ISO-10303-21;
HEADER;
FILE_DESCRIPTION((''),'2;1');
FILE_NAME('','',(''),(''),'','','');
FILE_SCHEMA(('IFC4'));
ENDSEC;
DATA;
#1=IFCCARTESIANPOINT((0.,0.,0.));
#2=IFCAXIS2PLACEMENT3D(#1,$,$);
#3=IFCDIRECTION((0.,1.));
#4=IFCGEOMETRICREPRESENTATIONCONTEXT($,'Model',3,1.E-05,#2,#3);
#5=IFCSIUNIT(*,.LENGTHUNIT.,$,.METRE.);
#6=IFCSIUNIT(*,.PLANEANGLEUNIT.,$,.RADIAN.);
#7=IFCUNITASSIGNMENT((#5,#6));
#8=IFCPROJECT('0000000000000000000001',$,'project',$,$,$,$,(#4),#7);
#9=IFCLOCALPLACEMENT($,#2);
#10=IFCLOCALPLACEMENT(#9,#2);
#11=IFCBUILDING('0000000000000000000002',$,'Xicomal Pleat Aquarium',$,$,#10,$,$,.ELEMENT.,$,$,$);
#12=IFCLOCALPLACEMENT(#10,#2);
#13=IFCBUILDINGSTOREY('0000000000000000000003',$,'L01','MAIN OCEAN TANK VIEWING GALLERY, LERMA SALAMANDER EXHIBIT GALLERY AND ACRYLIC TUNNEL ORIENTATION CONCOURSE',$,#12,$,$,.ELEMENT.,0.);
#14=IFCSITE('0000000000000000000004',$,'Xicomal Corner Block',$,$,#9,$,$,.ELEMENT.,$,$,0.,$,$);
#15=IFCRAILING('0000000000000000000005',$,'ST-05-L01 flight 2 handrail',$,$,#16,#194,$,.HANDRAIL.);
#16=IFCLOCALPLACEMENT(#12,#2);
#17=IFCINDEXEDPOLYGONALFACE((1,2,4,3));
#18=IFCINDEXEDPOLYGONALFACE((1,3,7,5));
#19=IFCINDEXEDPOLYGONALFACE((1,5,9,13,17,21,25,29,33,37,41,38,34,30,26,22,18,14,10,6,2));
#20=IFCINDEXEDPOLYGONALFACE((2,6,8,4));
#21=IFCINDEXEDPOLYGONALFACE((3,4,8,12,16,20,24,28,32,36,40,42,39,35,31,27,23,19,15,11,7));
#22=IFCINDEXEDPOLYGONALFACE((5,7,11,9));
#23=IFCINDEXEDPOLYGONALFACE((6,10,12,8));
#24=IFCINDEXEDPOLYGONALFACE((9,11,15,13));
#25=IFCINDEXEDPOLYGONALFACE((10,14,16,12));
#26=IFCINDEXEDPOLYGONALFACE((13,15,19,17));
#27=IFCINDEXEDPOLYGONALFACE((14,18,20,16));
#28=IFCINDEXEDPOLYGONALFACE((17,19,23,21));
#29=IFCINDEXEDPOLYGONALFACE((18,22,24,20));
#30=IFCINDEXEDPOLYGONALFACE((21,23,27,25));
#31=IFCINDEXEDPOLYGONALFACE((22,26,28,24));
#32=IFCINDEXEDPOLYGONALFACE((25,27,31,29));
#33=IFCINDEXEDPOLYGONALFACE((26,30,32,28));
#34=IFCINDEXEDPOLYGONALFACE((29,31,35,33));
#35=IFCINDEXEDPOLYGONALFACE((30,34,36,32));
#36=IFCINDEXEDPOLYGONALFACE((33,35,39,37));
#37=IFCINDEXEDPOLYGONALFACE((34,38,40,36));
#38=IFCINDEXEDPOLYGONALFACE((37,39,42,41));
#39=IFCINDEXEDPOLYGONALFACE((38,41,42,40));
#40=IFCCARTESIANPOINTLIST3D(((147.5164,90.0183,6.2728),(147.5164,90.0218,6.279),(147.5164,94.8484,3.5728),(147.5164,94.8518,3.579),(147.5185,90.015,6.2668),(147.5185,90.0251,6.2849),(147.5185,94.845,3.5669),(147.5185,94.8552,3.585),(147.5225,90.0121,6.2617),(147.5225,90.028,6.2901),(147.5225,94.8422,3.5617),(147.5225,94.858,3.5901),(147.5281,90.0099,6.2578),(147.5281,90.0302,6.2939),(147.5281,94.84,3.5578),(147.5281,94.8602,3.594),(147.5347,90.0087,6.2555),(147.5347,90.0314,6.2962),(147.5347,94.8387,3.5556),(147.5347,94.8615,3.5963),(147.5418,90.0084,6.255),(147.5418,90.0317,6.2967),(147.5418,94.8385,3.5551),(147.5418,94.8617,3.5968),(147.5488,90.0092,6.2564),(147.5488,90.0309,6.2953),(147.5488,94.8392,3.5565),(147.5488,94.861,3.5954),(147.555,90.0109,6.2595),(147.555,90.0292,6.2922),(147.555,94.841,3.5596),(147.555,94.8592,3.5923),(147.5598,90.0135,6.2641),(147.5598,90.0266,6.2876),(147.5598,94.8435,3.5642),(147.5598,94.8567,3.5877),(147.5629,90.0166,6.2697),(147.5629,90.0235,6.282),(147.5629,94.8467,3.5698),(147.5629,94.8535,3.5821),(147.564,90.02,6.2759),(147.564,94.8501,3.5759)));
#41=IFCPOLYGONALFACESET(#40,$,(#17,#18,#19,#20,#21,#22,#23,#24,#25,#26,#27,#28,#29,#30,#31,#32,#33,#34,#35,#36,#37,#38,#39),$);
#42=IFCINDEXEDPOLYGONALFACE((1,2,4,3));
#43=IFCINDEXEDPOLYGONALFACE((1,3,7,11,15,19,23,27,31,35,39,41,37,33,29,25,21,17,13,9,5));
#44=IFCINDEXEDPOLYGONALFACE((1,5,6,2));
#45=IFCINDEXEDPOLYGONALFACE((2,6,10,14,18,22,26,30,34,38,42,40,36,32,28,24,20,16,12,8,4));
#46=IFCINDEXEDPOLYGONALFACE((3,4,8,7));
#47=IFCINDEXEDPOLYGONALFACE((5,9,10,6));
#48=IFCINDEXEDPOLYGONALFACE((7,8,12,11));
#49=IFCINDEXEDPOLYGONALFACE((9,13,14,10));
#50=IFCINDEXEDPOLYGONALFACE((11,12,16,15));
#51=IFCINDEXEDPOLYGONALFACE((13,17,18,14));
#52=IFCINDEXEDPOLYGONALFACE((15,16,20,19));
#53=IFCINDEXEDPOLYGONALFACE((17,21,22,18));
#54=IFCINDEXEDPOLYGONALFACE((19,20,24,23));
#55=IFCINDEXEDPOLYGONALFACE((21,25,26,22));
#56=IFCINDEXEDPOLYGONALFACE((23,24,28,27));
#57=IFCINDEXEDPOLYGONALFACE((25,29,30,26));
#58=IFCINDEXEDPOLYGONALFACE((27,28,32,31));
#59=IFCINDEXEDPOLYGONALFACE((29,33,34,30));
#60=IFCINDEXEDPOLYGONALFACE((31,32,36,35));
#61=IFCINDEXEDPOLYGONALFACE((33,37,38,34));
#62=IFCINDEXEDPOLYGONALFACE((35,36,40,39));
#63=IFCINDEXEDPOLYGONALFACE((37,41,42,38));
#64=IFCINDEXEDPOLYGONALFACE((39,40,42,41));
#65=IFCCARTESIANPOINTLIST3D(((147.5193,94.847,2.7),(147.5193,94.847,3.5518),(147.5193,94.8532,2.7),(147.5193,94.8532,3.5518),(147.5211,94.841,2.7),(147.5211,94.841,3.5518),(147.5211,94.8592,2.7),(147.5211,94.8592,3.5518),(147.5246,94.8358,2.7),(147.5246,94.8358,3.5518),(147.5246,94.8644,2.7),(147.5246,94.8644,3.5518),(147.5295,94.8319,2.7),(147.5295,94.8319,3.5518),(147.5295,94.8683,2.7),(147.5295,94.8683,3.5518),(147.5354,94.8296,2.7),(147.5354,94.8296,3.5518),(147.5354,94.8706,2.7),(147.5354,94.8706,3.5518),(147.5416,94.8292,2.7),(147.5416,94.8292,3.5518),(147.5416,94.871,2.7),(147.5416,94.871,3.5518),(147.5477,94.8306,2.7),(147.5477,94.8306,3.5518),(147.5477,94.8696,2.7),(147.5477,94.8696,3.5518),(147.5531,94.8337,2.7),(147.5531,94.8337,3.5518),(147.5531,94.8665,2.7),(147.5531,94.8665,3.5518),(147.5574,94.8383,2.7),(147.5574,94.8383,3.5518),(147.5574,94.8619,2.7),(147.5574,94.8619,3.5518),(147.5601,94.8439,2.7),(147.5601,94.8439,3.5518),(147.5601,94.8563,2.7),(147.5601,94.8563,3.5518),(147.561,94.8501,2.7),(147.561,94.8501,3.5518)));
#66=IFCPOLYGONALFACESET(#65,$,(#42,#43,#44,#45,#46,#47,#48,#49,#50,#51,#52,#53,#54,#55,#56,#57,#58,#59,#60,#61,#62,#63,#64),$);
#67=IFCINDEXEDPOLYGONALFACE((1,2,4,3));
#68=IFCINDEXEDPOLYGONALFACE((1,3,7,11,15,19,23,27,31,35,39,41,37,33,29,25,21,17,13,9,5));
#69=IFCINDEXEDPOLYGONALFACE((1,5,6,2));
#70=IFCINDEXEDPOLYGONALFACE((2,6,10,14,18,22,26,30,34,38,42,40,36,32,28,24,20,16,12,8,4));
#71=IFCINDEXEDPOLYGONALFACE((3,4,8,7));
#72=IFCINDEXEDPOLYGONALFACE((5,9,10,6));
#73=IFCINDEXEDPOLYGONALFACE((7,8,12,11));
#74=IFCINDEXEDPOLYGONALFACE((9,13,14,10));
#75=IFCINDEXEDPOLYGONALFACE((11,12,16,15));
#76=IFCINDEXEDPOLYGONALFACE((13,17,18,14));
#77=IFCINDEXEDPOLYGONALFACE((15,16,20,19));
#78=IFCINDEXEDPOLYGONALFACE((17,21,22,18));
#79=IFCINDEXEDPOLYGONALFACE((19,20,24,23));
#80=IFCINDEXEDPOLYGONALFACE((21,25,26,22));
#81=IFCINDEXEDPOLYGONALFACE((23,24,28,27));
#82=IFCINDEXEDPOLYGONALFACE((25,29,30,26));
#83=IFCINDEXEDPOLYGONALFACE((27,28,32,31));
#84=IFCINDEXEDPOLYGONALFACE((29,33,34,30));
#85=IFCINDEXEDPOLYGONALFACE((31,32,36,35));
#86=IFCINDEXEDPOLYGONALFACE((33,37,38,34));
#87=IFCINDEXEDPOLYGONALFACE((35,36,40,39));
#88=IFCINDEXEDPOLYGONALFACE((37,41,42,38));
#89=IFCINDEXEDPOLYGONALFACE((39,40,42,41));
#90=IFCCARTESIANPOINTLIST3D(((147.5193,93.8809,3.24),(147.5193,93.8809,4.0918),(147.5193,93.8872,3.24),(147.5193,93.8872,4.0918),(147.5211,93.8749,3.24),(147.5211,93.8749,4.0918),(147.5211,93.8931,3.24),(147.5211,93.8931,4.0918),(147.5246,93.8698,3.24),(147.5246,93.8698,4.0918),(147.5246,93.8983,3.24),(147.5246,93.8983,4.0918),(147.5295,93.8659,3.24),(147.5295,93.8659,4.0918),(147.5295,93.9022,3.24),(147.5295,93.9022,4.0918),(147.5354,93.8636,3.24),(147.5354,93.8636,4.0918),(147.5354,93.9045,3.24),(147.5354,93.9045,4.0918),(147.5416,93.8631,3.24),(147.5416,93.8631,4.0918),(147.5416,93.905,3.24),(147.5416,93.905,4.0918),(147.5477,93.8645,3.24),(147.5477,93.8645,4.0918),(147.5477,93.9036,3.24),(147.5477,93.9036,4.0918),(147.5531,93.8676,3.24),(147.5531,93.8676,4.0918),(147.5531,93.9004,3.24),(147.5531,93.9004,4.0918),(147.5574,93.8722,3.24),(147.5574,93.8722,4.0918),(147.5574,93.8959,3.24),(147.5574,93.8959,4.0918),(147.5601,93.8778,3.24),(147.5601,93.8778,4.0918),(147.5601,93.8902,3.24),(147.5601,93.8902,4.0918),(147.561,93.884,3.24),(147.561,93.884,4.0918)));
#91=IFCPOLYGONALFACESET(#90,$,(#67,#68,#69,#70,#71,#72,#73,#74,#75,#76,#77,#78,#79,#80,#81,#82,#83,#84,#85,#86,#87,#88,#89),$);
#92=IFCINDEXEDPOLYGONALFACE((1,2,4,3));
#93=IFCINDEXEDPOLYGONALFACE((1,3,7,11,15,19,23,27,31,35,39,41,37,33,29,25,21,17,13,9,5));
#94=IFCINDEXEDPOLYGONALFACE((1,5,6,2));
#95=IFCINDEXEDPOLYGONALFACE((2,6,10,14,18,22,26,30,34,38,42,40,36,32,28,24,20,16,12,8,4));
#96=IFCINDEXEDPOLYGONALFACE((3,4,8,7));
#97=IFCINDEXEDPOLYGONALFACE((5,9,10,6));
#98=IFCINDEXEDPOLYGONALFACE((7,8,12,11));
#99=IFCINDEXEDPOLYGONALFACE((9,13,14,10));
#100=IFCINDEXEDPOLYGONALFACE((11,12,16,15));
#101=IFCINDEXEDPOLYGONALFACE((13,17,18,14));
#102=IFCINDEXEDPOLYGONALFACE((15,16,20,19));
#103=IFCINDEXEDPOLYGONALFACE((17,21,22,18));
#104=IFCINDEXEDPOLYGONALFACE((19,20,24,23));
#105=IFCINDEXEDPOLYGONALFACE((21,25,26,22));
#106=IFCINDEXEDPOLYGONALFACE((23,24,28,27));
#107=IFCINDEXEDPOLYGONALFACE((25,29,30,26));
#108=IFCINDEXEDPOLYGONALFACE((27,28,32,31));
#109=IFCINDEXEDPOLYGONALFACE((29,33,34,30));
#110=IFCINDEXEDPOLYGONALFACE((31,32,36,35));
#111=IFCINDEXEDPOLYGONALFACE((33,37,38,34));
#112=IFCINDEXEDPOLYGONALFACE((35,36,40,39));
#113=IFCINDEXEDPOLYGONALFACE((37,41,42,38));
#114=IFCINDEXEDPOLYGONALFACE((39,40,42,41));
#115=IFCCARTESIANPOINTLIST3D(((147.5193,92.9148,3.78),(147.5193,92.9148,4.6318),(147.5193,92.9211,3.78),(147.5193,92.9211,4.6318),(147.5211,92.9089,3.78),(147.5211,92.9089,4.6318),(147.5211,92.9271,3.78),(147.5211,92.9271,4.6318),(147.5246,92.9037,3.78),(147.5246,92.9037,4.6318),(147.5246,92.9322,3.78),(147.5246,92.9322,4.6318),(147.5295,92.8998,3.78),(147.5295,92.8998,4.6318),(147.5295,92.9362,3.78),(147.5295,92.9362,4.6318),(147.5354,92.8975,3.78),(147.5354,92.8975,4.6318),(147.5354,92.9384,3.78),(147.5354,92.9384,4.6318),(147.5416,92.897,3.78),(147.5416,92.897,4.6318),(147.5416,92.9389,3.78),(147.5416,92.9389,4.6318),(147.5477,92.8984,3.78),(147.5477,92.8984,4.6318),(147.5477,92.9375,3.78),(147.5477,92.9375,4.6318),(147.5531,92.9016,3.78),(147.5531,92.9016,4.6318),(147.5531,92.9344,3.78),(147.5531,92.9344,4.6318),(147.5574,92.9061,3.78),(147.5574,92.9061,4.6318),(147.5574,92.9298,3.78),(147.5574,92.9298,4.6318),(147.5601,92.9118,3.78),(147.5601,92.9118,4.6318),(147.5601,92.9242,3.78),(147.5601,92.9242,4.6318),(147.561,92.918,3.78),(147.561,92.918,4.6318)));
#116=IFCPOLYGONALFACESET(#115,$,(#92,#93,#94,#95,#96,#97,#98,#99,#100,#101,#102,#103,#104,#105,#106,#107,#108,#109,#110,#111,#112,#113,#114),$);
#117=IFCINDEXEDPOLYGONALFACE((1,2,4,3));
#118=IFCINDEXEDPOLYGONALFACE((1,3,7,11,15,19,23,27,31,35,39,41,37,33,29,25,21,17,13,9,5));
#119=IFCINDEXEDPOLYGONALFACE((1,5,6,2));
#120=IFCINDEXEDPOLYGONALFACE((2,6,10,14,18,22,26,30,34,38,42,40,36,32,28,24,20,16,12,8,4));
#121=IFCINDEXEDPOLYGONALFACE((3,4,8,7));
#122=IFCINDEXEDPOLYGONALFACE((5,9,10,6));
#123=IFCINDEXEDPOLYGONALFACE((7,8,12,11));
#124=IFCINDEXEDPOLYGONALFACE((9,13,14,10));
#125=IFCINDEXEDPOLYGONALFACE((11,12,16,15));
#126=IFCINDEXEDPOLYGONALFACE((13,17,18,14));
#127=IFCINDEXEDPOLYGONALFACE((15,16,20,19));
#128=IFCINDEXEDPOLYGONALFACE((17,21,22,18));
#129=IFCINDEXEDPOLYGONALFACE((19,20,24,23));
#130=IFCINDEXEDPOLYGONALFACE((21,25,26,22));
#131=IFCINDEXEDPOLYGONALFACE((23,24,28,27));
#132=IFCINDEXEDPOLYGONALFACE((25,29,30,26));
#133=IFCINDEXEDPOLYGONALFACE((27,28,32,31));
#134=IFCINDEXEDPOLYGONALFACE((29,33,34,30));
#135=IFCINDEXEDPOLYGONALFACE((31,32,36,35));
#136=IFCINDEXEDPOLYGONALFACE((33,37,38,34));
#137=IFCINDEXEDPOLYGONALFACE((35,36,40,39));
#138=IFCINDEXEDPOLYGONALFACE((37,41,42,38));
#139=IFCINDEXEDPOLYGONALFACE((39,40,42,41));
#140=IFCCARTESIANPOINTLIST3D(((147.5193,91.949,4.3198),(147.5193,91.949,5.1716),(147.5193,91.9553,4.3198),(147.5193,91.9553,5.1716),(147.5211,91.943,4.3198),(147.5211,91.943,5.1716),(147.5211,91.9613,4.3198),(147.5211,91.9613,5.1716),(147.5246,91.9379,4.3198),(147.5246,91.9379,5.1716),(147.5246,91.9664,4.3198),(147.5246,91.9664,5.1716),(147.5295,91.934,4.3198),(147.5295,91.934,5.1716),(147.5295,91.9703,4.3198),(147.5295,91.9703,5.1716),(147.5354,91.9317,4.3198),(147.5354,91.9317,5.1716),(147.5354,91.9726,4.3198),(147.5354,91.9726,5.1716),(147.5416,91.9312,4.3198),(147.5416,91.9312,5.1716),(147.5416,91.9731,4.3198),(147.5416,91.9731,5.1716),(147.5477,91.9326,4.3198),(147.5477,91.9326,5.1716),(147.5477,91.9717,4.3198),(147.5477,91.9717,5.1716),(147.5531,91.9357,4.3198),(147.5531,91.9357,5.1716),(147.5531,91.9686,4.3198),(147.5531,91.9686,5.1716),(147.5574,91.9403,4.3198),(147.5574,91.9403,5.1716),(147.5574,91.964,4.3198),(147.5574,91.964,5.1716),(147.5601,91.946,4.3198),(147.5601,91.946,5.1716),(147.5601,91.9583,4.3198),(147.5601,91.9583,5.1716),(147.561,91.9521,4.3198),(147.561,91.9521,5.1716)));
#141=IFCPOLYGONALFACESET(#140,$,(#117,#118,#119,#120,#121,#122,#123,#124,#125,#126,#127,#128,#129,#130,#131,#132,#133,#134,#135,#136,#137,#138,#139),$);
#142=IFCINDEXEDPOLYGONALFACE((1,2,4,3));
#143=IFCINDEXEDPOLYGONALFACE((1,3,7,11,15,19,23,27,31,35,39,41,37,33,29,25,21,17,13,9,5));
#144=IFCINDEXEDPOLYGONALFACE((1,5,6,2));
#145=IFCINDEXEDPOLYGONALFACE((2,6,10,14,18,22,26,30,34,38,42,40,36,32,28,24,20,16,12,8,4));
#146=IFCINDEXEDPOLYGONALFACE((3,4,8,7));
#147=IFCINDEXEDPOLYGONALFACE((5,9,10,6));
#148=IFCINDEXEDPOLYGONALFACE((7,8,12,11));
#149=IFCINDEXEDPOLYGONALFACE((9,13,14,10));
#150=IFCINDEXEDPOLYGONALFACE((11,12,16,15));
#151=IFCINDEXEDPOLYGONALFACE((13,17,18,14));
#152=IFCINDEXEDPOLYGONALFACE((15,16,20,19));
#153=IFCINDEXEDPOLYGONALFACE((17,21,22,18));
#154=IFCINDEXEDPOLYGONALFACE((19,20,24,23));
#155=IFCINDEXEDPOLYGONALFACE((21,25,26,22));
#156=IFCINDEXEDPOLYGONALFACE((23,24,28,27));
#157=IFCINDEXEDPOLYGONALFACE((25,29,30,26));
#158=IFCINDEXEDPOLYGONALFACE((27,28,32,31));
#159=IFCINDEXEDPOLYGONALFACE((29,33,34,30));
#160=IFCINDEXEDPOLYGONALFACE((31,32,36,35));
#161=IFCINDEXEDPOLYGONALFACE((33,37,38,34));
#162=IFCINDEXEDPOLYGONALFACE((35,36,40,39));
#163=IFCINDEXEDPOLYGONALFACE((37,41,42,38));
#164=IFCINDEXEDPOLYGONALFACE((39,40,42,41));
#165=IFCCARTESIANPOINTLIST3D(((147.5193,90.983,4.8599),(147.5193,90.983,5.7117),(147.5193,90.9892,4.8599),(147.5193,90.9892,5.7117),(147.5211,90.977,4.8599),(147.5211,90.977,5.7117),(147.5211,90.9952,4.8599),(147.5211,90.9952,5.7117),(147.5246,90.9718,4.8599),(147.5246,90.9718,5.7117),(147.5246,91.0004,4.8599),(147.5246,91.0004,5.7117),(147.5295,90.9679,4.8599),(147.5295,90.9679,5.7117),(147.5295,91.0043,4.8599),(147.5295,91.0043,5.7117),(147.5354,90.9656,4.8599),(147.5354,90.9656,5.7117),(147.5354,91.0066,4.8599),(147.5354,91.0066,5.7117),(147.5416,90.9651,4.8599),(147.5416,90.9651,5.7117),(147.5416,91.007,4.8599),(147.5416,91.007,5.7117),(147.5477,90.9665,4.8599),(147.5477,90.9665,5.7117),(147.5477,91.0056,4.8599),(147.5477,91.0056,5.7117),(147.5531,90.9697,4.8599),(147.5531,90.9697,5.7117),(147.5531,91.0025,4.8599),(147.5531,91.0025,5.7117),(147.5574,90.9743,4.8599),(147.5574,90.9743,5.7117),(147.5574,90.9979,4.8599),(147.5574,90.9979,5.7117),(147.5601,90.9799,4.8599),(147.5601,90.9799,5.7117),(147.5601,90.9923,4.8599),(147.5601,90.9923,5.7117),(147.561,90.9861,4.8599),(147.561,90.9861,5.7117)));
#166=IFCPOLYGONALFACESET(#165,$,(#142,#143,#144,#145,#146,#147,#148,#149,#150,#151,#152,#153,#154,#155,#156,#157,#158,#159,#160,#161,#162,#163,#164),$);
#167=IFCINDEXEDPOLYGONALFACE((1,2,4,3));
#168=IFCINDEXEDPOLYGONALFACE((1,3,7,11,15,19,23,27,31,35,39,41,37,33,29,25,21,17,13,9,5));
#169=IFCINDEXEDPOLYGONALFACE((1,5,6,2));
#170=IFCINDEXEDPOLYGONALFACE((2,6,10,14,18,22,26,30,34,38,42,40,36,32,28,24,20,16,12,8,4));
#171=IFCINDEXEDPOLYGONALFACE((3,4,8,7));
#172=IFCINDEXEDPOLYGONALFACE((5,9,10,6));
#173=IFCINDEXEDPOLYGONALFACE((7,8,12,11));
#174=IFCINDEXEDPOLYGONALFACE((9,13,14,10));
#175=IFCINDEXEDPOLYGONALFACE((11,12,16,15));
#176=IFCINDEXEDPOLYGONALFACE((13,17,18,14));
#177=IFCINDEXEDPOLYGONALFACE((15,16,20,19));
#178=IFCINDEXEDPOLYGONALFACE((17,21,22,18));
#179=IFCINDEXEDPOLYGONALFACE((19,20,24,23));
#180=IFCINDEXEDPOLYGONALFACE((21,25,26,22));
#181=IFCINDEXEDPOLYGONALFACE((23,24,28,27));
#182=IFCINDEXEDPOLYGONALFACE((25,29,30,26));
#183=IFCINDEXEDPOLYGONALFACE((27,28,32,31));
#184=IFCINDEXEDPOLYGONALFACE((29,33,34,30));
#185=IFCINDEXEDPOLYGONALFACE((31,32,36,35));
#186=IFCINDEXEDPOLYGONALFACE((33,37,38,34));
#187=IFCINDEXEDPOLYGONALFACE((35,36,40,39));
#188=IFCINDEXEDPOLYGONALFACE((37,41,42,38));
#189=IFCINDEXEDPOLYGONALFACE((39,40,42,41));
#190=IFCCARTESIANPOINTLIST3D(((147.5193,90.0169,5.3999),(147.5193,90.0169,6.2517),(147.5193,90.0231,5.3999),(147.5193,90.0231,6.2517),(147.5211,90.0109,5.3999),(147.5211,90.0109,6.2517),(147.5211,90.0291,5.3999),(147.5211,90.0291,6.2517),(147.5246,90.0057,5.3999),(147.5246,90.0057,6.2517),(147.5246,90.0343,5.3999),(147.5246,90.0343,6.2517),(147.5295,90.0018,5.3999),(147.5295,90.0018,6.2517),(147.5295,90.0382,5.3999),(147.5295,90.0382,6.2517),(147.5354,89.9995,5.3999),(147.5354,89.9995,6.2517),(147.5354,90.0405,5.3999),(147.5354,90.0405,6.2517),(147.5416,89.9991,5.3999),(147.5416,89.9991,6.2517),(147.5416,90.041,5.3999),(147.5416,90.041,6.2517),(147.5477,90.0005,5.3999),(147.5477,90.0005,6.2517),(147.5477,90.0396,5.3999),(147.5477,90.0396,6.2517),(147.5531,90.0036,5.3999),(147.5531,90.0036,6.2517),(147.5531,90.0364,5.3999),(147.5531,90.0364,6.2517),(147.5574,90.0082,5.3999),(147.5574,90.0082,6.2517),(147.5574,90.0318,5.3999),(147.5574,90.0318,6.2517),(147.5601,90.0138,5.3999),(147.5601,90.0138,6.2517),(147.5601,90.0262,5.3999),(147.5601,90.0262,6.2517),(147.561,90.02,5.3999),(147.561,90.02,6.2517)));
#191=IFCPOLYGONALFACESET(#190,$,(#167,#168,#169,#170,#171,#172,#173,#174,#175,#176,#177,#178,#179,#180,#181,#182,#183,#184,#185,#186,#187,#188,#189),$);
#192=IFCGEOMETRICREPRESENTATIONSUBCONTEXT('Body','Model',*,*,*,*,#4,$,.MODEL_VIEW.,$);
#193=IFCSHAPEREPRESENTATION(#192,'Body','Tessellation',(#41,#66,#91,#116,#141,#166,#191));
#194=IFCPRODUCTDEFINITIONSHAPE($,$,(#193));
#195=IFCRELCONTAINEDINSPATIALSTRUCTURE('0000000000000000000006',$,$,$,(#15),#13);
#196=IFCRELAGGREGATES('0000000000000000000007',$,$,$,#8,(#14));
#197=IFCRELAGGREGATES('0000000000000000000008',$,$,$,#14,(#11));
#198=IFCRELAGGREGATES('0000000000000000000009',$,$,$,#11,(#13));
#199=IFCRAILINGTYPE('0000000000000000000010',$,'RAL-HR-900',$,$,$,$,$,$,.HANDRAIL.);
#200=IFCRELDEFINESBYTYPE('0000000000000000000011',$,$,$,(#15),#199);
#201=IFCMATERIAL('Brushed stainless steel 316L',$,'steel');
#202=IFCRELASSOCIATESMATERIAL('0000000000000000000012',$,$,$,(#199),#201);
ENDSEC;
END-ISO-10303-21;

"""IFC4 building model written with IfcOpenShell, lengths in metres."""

from ifc_helpers import new_model, si_unit, direction, frame, origin, origin_2d, place, context, subcontext, project, spatial, circle, extrude, material, type_object, element, save


model = new_model("IFC4")

# Units and contexts
model_context = context("Model", 3, precision=1e-05, world=origin(), true_north=direction((0.0, 1.0)))
body_context = subcontext(model_context, "Body", "Model", "MODEL_VIEW")
ifc_project = project(units=[si_unit("LENGTHUNIT", "METRE"), si_unit("PLANEANGLEUNIT", "RADIAN")], contexts=[model_context])

# Site, building, storey
site_placement = place(None, origin())
site = spatial("IfcSite", under=ifc_project, at=site_placement, Name="Xicomal Corner Block", CompositionType="ELEMENT", RefElevation=0.0)
building_placement = place(site_placement, origin())
building = spatial("IfcBuilding", under=site, at=building_placement, Name="Xicomal Pleat Aquarium", CompositionType="ELEMENT")
storey_placement = place(building_placement, origin())
storey = spatial("IfcBuildingStorey", under=building, at=storey_placement, Name="L01", Description="MAIN OCEAN TANK VIEWING GALLERY, LERMA SALAMANDER EXHIBIT GALLERY AND ACRYLIC TUNNEL ORIENTATION CONCOURSE", CompositionType="ELEMENT", Elevation=0.0)

# Railing
ifc_material_1 = material(Name="Brushed stainless steel 316L", Category="steel")
railing_type_1 = type_object("IfcRailingType", Name="RAL-HR-900", PredefinedType="HANDRAIL", material=ifc_material_1)
railing_1_placement = place(storey_placement, frame((147.54, 94.8501, 2.7)))
element("IfcRailing", 1, at=railing_1_placement, inside=storey, type_object=railing_type_1, Name="ST-05-L01 flight 2 handrail", PredefinedType="HANDRAIL", context=body_context, shape_type="SweptSolid", body=[
    extrude(circle(Radius=0.0239, at=origin_2d()), frame((0.0, 0.0, 0.876), z_axis=(0.0, -0.872883, 0.48793), x_axis=(1.0, 0.0, 0.0)), (0.0, 0.0, 1.0), 5.5334),
    extrude(circle(Radius=0.021, at=origin_2d()), origin(), (0.0, 0.0, 1.0), 0.8518),
    extrude(circle(Radius=0.021, at=origin_2d()), frame((0.0, -0.9661, 0.54)), (0.0, 0.0, 1.0), 0.8518),
    extrude(circle(Radius=0.021, at=origin_2d()), frame((0.0, -1.9321, 1.0801)), (0.0, 0.0, 1.0), 0.8518),
    extrude(circle(Radius=0.021, at=origin_2d()), frame((0.0, -2.8979, 1.6199)), (0.0, 0.0, 1.0), 0.8518),
    extrude(circle(Radius=0.021, at=origin_2d()), frame((0.0, -3.864, 2.1599)), (0.0, 0.0, 1.0), 0.8518),
    extrude(circle(Radius=0.021, at=origin_2d()), frame((0.0, -4.8301, 2.7)), (0.0, 0.0, 1.0), 0.8518),
])

save(model, "model.ifc")
